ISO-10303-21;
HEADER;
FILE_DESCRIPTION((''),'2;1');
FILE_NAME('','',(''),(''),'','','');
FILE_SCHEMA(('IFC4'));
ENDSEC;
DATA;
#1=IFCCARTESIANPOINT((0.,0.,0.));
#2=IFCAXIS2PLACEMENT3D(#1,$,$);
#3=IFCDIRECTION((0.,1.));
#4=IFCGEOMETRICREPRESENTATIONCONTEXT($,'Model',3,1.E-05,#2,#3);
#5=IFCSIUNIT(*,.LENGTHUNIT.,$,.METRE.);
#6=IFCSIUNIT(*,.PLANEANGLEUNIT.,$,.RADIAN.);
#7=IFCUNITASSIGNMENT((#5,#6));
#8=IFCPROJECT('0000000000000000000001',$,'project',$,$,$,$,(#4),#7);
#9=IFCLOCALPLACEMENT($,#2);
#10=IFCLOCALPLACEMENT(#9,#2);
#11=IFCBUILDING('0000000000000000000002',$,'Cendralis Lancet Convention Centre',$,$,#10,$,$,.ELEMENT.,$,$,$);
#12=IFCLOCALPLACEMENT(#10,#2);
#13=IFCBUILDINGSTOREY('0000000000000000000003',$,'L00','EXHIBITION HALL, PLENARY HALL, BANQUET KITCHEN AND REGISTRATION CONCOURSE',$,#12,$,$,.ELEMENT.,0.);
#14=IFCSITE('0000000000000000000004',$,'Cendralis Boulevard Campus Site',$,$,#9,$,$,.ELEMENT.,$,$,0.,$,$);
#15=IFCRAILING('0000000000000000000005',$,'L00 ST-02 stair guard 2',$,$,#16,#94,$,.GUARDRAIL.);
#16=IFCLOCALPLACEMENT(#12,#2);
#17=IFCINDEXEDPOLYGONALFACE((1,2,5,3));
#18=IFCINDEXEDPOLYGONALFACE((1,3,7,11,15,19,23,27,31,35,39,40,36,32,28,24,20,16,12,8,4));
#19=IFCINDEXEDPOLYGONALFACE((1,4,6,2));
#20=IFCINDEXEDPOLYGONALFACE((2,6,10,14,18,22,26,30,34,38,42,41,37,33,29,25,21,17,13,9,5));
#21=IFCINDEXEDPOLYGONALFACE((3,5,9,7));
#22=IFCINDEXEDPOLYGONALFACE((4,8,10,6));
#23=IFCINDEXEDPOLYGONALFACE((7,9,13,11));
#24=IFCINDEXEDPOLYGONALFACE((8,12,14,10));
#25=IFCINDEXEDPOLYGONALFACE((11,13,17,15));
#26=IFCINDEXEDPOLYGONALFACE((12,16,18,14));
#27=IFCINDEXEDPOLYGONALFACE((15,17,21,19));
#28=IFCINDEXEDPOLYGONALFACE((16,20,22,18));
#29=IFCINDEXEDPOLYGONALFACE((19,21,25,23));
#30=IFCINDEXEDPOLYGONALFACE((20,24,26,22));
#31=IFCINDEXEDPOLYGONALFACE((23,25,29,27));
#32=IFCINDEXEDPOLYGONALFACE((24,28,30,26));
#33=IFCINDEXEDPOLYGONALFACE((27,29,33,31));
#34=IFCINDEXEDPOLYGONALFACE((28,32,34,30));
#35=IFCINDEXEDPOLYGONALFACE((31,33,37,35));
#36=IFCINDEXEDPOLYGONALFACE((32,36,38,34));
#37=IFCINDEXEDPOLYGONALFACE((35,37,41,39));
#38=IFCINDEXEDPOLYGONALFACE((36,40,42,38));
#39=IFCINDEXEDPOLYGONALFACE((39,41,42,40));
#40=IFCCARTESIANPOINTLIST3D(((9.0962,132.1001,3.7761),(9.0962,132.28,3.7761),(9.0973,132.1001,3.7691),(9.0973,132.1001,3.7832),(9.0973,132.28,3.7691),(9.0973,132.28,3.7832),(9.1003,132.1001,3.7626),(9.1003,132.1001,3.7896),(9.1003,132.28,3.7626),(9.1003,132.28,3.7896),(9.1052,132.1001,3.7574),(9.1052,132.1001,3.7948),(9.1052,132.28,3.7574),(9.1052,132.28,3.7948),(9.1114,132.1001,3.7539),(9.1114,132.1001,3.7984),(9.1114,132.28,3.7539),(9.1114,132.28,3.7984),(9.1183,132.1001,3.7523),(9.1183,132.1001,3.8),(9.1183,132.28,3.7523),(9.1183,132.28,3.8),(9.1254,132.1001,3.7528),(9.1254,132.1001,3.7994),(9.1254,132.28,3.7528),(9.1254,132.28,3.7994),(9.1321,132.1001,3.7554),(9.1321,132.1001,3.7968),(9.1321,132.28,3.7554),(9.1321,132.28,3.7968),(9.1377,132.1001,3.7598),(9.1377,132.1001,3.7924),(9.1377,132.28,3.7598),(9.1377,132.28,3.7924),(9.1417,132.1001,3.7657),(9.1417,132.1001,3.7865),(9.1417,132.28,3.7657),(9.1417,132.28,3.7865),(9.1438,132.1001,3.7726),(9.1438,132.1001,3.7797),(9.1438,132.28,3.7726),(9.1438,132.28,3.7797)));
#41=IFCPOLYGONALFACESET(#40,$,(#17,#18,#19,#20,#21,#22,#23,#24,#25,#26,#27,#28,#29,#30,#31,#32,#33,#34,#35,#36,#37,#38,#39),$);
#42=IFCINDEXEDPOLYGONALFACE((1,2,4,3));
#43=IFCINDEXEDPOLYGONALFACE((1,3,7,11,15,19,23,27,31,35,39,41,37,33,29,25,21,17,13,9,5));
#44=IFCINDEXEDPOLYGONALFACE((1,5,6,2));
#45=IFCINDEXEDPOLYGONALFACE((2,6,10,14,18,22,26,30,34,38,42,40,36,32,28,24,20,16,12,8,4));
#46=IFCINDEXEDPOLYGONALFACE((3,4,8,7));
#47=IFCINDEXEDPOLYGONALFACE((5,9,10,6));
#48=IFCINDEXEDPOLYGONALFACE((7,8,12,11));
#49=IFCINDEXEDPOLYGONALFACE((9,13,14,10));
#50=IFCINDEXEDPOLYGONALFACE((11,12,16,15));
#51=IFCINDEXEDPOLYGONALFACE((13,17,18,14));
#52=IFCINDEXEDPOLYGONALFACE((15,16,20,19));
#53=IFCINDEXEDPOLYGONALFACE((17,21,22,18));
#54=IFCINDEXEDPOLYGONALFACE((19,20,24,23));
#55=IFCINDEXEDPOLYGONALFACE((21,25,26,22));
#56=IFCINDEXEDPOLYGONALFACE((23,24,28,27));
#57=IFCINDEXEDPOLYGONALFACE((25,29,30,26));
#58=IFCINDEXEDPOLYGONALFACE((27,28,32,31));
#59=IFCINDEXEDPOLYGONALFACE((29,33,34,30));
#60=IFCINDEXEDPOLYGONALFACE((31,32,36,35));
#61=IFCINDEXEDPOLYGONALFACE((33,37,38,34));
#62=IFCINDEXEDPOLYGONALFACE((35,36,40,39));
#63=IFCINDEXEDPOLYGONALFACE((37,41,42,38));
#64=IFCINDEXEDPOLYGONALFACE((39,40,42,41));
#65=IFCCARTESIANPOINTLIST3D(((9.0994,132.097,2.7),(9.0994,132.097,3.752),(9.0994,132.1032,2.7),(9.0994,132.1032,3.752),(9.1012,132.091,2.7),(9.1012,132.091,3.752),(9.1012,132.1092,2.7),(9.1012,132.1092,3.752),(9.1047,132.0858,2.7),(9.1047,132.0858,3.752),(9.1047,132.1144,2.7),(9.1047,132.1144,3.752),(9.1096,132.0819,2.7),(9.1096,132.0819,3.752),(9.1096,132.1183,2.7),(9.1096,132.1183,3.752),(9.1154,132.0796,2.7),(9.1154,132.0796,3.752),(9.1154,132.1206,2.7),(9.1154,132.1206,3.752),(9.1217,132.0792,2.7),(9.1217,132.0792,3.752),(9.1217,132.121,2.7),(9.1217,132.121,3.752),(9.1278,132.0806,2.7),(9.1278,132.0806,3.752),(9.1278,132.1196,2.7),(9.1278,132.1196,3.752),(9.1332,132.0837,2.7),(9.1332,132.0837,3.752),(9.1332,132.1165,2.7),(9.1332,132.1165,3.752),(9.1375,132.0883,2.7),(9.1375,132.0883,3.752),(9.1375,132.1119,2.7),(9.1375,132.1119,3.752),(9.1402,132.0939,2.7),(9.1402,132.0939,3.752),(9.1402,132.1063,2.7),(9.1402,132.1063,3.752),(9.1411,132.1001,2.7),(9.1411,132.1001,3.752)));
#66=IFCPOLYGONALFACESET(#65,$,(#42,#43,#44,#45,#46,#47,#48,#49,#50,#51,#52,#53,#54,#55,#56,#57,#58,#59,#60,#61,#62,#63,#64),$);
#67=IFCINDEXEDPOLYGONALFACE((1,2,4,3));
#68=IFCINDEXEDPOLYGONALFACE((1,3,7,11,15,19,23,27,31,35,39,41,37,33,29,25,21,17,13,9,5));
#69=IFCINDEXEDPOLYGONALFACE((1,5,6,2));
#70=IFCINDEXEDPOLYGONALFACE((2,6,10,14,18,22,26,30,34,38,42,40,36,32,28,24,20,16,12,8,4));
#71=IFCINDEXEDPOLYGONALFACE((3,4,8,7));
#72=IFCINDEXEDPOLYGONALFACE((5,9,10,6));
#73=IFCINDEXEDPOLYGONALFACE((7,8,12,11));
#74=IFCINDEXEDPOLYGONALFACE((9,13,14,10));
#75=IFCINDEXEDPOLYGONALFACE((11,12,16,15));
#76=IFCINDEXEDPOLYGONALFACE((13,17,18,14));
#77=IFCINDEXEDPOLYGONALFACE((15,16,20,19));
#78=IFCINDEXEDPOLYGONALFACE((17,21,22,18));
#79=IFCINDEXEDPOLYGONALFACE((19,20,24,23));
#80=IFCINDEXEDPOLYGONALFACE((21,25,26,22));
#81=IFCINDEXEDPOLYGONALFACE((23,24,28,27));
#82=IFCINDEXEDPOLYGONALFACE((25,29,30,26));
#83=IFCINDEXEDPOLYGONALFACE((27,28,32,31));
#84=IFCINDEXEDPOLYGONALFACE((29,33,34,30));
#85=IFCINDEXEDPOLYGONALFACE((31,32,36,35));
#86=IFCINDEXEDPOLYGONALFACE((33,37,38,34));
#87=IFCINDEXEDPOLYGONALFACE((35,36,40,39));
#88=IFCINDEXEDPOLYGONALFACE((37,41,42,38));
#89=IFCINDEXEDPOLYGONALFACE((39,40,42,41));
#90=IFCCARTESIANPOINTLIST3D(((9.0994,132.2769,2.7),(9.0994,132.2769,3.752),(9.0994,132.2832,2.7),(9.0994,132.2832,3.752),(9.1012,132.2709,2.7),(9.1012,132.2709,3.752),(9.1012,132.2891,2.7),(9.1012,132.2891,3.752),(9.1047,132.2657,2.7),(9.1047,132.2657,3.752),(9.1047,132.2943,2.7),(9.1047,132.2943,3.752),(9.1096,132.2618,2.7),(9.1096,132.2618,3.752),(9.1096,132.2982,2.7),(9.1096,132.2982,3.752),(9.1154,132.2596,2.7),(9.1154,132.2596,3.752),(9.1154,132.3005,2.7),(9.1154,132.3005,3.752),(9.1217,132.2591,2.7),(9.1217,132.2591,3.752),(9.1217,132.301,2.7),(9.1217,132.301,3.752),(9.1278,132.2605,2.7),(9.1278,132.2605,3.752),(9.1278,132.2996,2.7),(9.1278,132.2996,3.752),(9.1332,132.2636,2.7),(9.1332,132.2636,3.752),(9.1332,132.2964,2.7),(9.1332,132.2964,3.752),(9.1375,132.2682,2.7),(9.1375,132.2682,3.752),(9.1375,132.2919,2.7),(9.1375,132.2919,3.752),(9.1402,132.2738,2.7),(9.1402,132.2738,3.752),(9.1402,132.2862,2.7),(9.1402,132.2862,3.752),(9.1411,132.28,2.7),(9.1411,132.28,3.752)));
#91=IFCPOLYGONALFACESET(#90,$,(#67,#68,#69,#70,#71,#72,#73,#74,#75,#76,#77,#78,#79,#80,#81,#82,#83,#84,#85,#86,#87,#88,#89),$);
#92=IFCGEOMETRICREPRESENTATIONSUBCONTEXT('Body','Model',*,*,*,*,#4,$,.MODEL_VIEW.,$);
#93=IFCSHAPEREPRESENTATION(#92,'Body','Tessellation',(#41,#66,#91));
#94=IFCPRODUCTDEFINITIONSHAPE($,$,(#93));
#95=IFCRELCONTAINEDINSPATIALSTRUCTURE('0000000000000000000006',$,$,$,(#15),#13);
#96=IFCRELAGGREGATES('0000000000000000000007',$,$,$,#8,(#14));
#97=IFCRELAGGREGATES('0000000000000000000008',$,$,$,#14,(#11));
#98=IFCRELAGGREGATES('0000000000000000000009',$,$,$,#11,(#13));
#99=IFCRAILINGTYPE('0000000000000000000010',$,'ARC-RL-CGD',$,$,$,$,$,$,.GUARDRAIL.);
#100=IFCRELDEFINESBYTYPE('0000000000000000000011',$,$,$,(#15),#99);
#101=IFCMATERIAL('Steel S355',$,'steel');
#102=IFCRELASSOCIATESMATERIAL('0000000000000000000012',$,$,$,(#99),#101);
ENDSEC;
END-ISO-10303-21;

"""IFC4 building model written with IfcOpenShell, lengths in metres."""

from ifc_helpers import new_model, si_unit, direction, frame, origin, origin_2d, place, context, subcontext, project, spatial, circle, extrude, material, type_object, element, save


model = new_model("IFC4")

# Units and contexts
model_context = context("Model", 3, precision=1e-05, world=origin(), true_north=direction((0.0, 1.0)))
body_context = subcontext(model_context, "Body", "Model", "MODEL_VIEW")
ifc_project = project(units=[si_unit("LENGTHUNIT", "METRE"), si_unit("PLANEANGLEUNIT", "RADIAN")], contexts=[model_context])

# Site, building, storey
site_placement = place(None, origin())
site = spatial("IfcSite", under=ifc_project, at=site_placement, Name="Cendralis Boulevard Campus Site", CompositionType="ELEMENT", RefElevation=0.0)
building_placement = place(site_placement, origin())
building = spatial("IfcBuilding", under=site, at=building_placement, Name="Cendralis Lancet Convention Centre", CompositionType="ELEMENT")
storey_placement = place(building_placement, origin())
storey = spatial("IfcBuildingStorey", under=building, at=storey_placement, Name="L00", Description="EXHIBITION HALL, PLENARY HALL, BANQUET KITCHEN AND REGISTRATION CONCOURSE", CompositionType="ELEMENT", Elevation=0.0)

# Railing
ifc_material_1 = material(Name="Steel S355", Category="steel")
railing_type_1 = type_object("IfcRailingType", Name="ARC-RL-CGD", PredefinedType="GUARDRAIL", material=ifc_material_1)
railing_1_placement = place(storey_placement, frame((9.1201, 132.1001, 2.7)))
element("IfcRailing", 1, at=railing_1_placement, inside=storey, type_object=railing_type_1, Name="L00 ST-02 stair guard 2", PredefinedType="GUARDRAIL", context=body_context, shape_type="SweptSolid", body=[
    extrude(circle(Radius=0.0239, at=origin_2d()), frame((0.0, 0.0, 1.0762), z_axis=(0.0, 1.0, 0.0), x_axis=(-1.0, 0.0, 0.0)), (0.0, 0.0, 1.0), 0.1799),
    extrude(circle(Radius=0.021, at=origin_2d()), origin(), (0.0, 0.0, 1.0), 1.052),
    extrude(circle(Radius=0.021, at=origin_2d()), frame((0.0, 0.1799, 0.0)), (0.0, 0.0, 1.0), 1.052),
])

save(model, "model.ifc")
